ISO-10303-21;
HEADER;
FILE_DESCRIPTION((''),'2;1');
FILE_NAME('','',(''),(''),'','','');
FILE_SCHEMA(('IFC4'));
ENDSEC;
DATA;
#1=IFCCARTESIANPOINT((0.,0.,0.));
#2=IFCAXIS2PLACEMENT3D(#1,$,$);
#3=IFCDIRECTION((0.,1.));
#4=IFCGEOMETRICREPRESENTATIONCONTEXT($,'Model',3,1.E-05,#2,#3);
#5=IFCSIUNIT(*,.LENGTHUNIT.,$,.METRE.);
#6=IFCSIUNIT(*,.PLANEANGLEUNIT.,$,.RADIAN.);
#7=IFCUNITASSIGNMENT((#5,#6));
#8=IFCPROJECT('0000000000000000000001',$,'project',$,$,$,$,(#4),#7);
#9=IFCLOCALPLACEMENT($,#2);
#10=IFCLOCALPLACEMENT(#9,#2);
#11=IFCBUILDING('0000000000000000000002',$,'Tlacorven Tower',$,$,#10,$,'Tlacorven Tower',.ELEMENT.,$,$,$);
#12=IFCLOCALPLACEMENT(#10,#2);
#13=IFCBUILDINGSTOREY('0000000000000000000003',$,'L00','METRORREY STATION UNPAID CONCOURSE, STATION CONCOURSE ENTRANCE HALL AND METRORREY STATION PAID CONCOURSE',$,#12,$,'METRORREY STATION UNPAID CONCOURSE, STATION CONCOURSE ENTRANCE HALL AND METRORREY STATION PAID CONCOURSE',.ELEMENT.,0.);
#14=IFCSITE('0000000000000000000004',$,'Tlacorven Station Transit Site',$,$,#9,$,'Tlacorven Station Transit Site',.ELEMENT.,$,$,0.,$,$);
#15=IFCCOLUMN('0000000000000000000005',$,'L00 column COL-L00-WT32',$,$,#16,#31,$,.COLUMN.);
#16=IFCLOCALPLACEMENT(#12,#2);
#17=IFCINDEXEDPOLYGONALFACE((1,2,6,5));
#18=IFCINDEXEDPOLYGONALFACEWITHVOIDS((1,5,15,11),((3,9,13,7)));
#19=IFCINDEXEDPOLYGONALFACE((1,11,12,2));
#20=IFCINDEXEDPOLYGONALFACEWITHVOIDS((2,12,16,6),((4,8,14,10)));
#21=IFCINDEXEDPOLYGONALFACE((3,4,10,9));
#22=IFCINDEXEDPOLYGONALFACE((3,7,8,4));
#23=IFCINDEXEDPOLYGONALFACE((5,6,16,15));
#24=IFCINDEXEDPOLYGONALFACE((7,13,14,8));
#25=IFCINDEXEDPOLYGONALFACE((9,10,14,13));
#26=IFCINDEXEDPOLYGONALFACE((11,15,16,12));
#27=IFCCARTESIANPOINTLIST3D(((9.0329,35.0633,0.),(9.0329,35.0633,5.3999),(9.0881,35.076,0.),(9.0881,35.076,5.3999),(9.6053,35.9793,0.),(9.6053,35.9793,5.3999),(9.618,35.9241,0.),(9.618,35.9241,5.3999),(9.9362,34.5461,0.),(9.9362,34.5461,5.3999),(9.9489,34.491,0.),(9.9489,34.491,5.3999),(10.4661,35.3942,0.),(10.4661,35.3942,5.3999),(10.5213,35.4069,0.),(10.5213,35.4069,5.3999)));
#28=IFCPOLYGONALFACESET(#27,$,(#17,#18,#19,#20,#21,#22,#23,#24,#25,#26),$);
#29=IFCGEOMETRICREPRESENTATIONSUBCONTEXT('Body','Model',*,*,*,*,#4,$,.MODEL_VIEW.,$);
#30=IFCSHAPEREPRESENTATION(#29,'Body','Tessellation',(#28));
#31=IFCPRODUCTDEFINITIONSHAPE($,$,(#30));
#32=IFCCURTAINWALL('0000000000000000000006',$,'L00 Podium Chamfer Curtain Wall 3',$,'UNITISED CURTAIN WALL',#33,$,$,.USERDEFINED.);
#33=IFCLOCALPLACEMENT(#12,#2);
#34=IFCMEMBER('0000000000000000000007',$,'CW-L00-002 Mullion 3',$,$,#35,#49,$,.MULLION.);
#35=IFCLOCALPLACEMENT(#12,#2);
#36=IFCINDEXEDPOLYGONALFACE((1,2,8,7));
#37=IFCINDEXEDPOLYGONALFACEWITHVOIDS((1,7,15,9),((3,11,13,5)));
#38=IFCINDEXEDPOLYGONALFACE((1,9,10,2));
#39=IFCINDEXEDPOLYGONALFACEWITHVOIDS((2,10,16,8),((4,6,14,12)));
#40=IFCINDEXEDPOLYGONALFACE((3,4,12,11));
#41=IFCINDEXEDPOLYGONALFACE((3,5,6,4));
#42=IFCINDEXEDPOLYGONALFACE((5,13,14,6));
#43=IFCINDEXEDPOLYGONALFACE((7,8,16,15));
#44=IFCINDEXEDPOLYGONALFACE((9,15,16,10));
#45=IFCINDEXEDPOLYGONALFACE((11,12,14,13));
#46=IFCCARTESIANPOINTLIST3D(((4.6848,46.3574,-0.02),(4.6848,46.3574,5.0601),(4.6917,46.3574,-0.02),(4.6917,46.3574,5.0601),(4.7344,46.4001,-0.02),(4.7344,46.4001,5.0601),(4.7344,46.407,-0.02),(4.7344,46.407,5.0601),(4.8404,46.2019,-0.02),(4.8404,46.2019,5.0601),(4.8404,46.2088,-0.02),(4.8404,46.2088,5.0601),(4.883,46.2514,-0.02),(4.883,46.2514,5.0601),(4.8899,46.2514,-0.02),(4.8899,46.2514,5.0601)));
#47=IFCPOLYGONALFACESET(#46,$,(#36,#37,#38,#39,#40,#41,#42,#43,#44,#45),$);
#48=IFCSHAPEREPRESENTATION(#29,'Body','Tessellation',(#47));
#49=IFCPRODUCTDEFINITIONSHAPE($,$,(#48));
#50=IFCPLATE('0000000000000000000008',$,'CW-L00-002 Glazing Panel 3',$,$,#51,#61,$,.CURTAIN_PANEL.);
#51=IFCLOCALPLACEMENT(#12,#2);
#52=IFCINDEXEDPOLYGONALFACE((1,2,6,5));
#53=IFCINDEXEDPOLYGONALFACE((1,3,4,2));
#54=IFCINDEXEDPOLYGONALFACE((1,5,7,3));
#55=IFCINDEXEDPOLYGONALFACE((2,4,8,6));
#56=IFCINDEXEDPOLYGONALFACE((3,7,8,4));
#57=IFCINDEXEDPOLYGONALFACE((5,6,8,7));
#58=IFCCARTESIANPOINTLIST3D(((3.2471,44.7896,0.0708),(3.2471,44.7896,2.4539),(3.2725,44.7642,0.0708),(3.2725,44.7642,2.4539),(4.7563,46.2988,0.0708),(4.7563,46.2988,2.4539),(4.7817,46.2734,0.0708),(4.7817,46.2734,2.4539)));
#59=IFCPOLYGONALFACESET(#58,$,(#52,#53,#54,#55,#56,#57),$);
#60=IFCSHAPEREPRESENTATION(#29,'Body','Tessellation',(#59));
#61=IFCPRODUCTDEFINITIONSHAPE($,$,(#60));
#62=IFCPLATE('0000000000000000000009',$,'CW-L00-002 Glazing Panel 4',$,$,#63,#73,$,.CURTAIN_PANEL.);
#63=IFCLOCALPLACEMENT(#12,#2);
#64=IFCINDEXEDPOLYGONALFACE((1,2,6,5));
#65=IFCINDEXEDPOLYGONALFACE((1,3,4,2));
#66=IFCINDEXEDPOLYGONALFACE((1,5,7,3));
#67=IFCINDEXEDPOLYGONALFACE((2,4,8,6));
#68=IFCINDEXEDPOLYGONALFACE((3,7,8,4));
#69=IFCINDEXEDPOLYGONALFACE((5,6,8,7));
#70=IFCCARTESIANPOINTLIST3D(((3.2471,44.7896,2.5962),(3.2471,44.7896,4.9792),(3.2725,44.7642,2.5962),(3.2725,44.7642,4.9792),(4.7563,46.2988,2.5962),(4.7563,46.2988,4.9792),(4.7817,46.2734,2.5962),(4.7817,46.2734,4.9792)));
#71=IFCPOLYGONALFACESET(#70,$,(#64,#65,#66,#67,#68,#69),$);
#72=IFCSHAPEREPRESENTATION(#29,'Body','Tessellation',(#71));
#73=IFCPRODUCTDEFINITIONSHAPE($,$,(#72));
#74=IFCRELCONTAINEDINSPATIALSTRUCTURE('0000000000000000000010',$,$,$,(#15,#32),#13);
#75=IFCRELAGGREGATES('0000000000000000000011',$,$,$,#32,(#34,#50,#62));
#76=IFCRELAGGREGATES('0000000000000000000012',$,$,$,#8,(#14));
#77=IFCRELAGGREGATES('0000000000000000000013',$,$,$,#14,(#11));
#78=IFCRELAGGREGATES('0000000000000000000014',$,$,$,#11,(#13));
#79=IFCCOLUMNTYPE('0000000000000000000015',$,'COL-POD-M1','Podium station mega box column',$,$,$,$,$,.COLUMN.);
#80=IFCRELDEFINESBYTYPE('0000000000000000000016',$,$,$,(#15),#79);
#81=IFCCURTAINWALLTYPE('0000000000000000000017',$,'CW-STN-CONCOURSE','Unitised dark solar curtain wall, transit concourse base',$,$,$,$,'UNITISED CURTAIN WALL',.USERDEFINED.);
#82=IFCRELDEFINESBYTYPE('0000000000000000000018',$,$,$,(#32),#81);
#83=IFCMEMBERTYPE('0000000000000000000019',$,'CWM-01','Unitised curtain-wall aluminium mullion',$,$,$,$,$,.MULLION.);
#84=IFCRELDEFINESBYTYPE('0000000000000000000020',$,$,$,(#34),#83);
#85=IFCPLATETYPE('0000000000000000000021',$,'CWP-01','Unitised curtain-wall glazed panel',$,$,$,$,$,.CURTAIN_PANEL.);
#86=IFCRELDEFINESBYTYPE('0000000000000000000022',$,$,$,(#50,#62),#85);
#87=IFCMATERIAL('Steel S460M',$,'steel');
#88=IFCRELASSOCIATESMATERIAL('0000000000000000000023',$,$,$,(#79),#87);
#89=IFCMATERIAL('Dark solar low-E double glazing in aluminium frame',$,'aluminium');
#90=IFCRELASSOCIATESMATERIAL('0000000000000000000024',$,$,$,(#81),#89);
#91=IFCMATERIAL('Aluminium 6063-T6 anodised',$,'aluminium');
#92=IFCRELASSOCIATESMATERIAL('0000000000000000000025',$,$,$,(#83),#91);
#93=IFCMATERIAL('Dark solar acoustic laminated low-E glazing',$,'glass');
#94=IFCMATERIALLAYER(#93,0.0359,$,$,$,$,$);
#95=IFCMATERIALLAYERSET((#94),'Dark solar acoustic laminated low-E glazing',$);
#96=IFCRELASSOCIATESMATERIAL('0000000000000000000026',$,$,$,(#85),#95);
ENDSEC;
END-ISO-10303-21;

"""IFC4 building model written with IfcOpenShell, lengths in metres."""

from ifc_helpers import new_model, si_unit, direction, frame, origin, origin_2d, place, context, subcontext, project, spatial, rectangle, hollow_rectangle, extrude, source, transform, mapped, material, layer, layer_set, material_profile, profile_set, type_object, element, aggregate, save


model = new_model("IFC4")

# Units and contexts
model_context = context("Model", 3, precision=1e-05, world=origin(), true_north=direction((0.0, 1.0)))
body_context = subcontext(model_context, "Body", "Model", "MODEL_VIEW")
ifc_project = project(units=[si_unit("LENGTHUNIT", "METRE"), si_unit("PLANEANGLEUNIT", "RADIAN")], contexts=[model_context])

# Site, building, storey
site_placement = place(None, origin())
site = spatial("IfcSite", under=ifc_project, at=site_placement, Name="Tlacorven Station Transit Site", LongName="Tlacorven Station Transit Site", CompositionType="ELEMENT", RefElevation=0.0)
building_placement = place(site_placement, origin())
building = spatial("IfcBuilding", under=site, at=building_placement, Name="Tlacorven Tower", LongName="Tlacorven Tower", CompositionType="ELEMENT")
storey_placement = place(building_placement, origin())
storey = spatial("IfcBuildingStorey", under=building, at=storey_placement, Name="L00", Description="METRORREY STATION UNPAID CONCOURSE, STATION CONCOURSE ENTRANCE HALL AND METRORREY STATION PAID CONCOURSE", LongName="METRORREY STATION UNPAID CONCOURSE, STATION CONCOURSE ENTRANCE HALL AND METRORREY STATION PAID CONCOURSE", CompositionType="ELEMENT", Elevation=0.0)

# Column
ifc_material_1 = material(Name="Steel S460M", Category="steel")
ifc_material_profile_1 = material_profile(ifc_material_1, hollow_rectangle(XDim=1.0801, YDim=1.0801, WallThickness=0.04, at=origin_2d()), Name="BOX 1080X1080X40")
ifc_profile_set_1 = profile_set([ifc_material_profile_1], Name="Steel S460M")
column_type = type_object("IfcColumnType", Name="COL-POD-M1", Description="Podium station mega box column", PredefinedType="COLUMN", material=ifc_profile_set_1)
shared_shape_1 = source(origin(), body_context, "Body", "SweptSolid", [
    extrude(hollow_rectangle(XDim=1.0801, YDim=1.0801, WallThickness=0.04, at=origin_2d()), origin(), (0.0, 0.0, 1.0), 5.3999),
])
column_placement = place(storey_placement, frame((9.7771, 35.2351, 0.0), z_axis=(0.0, 0.0, 1.0), x_axis=(-0.848048, 0.529919, 0.0)))
element("IfcColumn", 1, at=column_placement, inside=storey, type_object=column_type, Name="L00 column COL-L00-WT32", PredefinedType="COLUMN", context=body_context, shape_type="MappedRepresentation", body=[
    mapped(shared_shape_1, transform((0.0, 0.0, 0.0), scale=1.0)),
])

# Curtain wall, member, plates
ifc_material_2 = material(Name="Dark solar low-E double glazing in aluminium frame", Category="aluminium")
curtain_wall_type = type_object("IfcCurtainWallType", Name="CW-STN-CONCOURSE", Description="Unitised dark solar curtain wall, transit concourse base", ElementType="UNITISED CURTAIN WALL", PredefinedType="USERDEFINED", material=ifc_material_2)
curtain_wall_placement = place(storey_placement, origin())
curtain_wall = element("IfcCurtainWall", 2, at=curtain_wall_placement, inside=storey, type_object=curtain_wall_type, Name="L00 Podium Chamfer Curtain Wall 3", ObjectType="UNITISED CURTAIN WALL", PredefinedType="USERDEFINED")
ifc_material_3 = material(Name="Aluminium 6063-T6 anodised", Category="aluminium")
ifc_material_profile_2 = material_profile(ifc_material_3, hollow_rectangle(XDim=0.0701, YDim=0.22, WallThickness=0.0049, at=origin_2d()), Name="ALU MULLION 70X220")
ifc_profile_set_2 = profile_set([ifc_material_profile_2], Name="Aluminium 6063-T6 anodised")
member_type = type_object("IfcMemberType", Name="CWM-01", Description="Unitised curtain-wall aluminium mullion", PredefinedType="MULLION", material=ifc_profile_set_2)
shared_shape_2 = source(origin(), body_context, "Body", "SweptSolid", [
    extrude(hollow_rectangle(XDim=0.0701, YDim=0.22, WallThickness=0.0049, at=origin_2d()), origin(), (0.0, 0.0, 1.0), 5.0801),
])
member_placement = place(storey_placement, frame((4.7874, 46.3044, -0.02), z_axis=(0.0, 0.0, 1.0), x_axis=(0.707107, 0.707107, 0.0)))
member = element("IfcMember", 3, at=member_placement, type_object=member_type, Name="CW-L00-002 Mullion 3", PredefinedType="MULLION", context=body_context, shape_type="MappedRepresentation", body=[
    mapped(shared_shape_2, transform((0.0, 0.0, 0.0), scale=1.0)),
])
ifc_material_4 = material(Name="Dark solar acoustic laminated low-E glazing", Category="glass")
ifc_layer_1 = layer(ifc_material_4, 0.0359)
ifc_layer_set_1 = layer_set([ifc_layer_1], Name="Dark solar acoustic laminated low-E glazing")
plate_type = type_object("IfcPlateType", Name="CWP-01", Description="Unitised curtain-wall glazed panel", PredefinedType="CURTAIN_PANEL", material=ifc_layer_set_1)
shared_shape_3 = source(origin(), body_context, "Body", "SweptSolid", [
    extrude(rectangle(XDim=2.1343, YDim=0.0359, at=origin_2d()), origin(), (0.0, 0.0, 1.0), 2.3831),
])
plate_1_placement = place(storey_placement, frame((4.0144, 45.5315, 0.0708), z_axis=(0.0, 0.0, 1.0), x_axis=(0.707107, 0.707107, 0.0)))
plate_1 = element("IfcPlate", 4, at=plate_1_placement, type_object=plate_type, Name="CW-L00-002 Glazing Panel 3", PredefinedType="CURTAIN_PANEL", context=body_context, shape_type="MappedRepresentation", body=[
    mapped(shared_shape_3, transform((0.0, 0.0, 0.0), scale=1.0)),
])
plate_2_placement = place(storey_placement, frame((4.0144, 45.5315, 2.5962), z_axis=(0.0, 0.0, 1.0), x_axis=(0.707107, 0.707107, 0.0)))
plate_2 = element("IfcPlate", 5, at=plate_2_placement, type_object=plate_type, Name="CW-L00-002 Glazing Panel 4", PredefinedType="CURTAIN_PANEL", context=body_context, shape_type="MappedRepresentation", body=[
    mapped(shared_shape_3, transform((0.0, 0.0, 0.0), scale=1.0)),
])
aggregate(curtain_wall, [member, plate_1, plate_2])

save(model, "model.ifc")
